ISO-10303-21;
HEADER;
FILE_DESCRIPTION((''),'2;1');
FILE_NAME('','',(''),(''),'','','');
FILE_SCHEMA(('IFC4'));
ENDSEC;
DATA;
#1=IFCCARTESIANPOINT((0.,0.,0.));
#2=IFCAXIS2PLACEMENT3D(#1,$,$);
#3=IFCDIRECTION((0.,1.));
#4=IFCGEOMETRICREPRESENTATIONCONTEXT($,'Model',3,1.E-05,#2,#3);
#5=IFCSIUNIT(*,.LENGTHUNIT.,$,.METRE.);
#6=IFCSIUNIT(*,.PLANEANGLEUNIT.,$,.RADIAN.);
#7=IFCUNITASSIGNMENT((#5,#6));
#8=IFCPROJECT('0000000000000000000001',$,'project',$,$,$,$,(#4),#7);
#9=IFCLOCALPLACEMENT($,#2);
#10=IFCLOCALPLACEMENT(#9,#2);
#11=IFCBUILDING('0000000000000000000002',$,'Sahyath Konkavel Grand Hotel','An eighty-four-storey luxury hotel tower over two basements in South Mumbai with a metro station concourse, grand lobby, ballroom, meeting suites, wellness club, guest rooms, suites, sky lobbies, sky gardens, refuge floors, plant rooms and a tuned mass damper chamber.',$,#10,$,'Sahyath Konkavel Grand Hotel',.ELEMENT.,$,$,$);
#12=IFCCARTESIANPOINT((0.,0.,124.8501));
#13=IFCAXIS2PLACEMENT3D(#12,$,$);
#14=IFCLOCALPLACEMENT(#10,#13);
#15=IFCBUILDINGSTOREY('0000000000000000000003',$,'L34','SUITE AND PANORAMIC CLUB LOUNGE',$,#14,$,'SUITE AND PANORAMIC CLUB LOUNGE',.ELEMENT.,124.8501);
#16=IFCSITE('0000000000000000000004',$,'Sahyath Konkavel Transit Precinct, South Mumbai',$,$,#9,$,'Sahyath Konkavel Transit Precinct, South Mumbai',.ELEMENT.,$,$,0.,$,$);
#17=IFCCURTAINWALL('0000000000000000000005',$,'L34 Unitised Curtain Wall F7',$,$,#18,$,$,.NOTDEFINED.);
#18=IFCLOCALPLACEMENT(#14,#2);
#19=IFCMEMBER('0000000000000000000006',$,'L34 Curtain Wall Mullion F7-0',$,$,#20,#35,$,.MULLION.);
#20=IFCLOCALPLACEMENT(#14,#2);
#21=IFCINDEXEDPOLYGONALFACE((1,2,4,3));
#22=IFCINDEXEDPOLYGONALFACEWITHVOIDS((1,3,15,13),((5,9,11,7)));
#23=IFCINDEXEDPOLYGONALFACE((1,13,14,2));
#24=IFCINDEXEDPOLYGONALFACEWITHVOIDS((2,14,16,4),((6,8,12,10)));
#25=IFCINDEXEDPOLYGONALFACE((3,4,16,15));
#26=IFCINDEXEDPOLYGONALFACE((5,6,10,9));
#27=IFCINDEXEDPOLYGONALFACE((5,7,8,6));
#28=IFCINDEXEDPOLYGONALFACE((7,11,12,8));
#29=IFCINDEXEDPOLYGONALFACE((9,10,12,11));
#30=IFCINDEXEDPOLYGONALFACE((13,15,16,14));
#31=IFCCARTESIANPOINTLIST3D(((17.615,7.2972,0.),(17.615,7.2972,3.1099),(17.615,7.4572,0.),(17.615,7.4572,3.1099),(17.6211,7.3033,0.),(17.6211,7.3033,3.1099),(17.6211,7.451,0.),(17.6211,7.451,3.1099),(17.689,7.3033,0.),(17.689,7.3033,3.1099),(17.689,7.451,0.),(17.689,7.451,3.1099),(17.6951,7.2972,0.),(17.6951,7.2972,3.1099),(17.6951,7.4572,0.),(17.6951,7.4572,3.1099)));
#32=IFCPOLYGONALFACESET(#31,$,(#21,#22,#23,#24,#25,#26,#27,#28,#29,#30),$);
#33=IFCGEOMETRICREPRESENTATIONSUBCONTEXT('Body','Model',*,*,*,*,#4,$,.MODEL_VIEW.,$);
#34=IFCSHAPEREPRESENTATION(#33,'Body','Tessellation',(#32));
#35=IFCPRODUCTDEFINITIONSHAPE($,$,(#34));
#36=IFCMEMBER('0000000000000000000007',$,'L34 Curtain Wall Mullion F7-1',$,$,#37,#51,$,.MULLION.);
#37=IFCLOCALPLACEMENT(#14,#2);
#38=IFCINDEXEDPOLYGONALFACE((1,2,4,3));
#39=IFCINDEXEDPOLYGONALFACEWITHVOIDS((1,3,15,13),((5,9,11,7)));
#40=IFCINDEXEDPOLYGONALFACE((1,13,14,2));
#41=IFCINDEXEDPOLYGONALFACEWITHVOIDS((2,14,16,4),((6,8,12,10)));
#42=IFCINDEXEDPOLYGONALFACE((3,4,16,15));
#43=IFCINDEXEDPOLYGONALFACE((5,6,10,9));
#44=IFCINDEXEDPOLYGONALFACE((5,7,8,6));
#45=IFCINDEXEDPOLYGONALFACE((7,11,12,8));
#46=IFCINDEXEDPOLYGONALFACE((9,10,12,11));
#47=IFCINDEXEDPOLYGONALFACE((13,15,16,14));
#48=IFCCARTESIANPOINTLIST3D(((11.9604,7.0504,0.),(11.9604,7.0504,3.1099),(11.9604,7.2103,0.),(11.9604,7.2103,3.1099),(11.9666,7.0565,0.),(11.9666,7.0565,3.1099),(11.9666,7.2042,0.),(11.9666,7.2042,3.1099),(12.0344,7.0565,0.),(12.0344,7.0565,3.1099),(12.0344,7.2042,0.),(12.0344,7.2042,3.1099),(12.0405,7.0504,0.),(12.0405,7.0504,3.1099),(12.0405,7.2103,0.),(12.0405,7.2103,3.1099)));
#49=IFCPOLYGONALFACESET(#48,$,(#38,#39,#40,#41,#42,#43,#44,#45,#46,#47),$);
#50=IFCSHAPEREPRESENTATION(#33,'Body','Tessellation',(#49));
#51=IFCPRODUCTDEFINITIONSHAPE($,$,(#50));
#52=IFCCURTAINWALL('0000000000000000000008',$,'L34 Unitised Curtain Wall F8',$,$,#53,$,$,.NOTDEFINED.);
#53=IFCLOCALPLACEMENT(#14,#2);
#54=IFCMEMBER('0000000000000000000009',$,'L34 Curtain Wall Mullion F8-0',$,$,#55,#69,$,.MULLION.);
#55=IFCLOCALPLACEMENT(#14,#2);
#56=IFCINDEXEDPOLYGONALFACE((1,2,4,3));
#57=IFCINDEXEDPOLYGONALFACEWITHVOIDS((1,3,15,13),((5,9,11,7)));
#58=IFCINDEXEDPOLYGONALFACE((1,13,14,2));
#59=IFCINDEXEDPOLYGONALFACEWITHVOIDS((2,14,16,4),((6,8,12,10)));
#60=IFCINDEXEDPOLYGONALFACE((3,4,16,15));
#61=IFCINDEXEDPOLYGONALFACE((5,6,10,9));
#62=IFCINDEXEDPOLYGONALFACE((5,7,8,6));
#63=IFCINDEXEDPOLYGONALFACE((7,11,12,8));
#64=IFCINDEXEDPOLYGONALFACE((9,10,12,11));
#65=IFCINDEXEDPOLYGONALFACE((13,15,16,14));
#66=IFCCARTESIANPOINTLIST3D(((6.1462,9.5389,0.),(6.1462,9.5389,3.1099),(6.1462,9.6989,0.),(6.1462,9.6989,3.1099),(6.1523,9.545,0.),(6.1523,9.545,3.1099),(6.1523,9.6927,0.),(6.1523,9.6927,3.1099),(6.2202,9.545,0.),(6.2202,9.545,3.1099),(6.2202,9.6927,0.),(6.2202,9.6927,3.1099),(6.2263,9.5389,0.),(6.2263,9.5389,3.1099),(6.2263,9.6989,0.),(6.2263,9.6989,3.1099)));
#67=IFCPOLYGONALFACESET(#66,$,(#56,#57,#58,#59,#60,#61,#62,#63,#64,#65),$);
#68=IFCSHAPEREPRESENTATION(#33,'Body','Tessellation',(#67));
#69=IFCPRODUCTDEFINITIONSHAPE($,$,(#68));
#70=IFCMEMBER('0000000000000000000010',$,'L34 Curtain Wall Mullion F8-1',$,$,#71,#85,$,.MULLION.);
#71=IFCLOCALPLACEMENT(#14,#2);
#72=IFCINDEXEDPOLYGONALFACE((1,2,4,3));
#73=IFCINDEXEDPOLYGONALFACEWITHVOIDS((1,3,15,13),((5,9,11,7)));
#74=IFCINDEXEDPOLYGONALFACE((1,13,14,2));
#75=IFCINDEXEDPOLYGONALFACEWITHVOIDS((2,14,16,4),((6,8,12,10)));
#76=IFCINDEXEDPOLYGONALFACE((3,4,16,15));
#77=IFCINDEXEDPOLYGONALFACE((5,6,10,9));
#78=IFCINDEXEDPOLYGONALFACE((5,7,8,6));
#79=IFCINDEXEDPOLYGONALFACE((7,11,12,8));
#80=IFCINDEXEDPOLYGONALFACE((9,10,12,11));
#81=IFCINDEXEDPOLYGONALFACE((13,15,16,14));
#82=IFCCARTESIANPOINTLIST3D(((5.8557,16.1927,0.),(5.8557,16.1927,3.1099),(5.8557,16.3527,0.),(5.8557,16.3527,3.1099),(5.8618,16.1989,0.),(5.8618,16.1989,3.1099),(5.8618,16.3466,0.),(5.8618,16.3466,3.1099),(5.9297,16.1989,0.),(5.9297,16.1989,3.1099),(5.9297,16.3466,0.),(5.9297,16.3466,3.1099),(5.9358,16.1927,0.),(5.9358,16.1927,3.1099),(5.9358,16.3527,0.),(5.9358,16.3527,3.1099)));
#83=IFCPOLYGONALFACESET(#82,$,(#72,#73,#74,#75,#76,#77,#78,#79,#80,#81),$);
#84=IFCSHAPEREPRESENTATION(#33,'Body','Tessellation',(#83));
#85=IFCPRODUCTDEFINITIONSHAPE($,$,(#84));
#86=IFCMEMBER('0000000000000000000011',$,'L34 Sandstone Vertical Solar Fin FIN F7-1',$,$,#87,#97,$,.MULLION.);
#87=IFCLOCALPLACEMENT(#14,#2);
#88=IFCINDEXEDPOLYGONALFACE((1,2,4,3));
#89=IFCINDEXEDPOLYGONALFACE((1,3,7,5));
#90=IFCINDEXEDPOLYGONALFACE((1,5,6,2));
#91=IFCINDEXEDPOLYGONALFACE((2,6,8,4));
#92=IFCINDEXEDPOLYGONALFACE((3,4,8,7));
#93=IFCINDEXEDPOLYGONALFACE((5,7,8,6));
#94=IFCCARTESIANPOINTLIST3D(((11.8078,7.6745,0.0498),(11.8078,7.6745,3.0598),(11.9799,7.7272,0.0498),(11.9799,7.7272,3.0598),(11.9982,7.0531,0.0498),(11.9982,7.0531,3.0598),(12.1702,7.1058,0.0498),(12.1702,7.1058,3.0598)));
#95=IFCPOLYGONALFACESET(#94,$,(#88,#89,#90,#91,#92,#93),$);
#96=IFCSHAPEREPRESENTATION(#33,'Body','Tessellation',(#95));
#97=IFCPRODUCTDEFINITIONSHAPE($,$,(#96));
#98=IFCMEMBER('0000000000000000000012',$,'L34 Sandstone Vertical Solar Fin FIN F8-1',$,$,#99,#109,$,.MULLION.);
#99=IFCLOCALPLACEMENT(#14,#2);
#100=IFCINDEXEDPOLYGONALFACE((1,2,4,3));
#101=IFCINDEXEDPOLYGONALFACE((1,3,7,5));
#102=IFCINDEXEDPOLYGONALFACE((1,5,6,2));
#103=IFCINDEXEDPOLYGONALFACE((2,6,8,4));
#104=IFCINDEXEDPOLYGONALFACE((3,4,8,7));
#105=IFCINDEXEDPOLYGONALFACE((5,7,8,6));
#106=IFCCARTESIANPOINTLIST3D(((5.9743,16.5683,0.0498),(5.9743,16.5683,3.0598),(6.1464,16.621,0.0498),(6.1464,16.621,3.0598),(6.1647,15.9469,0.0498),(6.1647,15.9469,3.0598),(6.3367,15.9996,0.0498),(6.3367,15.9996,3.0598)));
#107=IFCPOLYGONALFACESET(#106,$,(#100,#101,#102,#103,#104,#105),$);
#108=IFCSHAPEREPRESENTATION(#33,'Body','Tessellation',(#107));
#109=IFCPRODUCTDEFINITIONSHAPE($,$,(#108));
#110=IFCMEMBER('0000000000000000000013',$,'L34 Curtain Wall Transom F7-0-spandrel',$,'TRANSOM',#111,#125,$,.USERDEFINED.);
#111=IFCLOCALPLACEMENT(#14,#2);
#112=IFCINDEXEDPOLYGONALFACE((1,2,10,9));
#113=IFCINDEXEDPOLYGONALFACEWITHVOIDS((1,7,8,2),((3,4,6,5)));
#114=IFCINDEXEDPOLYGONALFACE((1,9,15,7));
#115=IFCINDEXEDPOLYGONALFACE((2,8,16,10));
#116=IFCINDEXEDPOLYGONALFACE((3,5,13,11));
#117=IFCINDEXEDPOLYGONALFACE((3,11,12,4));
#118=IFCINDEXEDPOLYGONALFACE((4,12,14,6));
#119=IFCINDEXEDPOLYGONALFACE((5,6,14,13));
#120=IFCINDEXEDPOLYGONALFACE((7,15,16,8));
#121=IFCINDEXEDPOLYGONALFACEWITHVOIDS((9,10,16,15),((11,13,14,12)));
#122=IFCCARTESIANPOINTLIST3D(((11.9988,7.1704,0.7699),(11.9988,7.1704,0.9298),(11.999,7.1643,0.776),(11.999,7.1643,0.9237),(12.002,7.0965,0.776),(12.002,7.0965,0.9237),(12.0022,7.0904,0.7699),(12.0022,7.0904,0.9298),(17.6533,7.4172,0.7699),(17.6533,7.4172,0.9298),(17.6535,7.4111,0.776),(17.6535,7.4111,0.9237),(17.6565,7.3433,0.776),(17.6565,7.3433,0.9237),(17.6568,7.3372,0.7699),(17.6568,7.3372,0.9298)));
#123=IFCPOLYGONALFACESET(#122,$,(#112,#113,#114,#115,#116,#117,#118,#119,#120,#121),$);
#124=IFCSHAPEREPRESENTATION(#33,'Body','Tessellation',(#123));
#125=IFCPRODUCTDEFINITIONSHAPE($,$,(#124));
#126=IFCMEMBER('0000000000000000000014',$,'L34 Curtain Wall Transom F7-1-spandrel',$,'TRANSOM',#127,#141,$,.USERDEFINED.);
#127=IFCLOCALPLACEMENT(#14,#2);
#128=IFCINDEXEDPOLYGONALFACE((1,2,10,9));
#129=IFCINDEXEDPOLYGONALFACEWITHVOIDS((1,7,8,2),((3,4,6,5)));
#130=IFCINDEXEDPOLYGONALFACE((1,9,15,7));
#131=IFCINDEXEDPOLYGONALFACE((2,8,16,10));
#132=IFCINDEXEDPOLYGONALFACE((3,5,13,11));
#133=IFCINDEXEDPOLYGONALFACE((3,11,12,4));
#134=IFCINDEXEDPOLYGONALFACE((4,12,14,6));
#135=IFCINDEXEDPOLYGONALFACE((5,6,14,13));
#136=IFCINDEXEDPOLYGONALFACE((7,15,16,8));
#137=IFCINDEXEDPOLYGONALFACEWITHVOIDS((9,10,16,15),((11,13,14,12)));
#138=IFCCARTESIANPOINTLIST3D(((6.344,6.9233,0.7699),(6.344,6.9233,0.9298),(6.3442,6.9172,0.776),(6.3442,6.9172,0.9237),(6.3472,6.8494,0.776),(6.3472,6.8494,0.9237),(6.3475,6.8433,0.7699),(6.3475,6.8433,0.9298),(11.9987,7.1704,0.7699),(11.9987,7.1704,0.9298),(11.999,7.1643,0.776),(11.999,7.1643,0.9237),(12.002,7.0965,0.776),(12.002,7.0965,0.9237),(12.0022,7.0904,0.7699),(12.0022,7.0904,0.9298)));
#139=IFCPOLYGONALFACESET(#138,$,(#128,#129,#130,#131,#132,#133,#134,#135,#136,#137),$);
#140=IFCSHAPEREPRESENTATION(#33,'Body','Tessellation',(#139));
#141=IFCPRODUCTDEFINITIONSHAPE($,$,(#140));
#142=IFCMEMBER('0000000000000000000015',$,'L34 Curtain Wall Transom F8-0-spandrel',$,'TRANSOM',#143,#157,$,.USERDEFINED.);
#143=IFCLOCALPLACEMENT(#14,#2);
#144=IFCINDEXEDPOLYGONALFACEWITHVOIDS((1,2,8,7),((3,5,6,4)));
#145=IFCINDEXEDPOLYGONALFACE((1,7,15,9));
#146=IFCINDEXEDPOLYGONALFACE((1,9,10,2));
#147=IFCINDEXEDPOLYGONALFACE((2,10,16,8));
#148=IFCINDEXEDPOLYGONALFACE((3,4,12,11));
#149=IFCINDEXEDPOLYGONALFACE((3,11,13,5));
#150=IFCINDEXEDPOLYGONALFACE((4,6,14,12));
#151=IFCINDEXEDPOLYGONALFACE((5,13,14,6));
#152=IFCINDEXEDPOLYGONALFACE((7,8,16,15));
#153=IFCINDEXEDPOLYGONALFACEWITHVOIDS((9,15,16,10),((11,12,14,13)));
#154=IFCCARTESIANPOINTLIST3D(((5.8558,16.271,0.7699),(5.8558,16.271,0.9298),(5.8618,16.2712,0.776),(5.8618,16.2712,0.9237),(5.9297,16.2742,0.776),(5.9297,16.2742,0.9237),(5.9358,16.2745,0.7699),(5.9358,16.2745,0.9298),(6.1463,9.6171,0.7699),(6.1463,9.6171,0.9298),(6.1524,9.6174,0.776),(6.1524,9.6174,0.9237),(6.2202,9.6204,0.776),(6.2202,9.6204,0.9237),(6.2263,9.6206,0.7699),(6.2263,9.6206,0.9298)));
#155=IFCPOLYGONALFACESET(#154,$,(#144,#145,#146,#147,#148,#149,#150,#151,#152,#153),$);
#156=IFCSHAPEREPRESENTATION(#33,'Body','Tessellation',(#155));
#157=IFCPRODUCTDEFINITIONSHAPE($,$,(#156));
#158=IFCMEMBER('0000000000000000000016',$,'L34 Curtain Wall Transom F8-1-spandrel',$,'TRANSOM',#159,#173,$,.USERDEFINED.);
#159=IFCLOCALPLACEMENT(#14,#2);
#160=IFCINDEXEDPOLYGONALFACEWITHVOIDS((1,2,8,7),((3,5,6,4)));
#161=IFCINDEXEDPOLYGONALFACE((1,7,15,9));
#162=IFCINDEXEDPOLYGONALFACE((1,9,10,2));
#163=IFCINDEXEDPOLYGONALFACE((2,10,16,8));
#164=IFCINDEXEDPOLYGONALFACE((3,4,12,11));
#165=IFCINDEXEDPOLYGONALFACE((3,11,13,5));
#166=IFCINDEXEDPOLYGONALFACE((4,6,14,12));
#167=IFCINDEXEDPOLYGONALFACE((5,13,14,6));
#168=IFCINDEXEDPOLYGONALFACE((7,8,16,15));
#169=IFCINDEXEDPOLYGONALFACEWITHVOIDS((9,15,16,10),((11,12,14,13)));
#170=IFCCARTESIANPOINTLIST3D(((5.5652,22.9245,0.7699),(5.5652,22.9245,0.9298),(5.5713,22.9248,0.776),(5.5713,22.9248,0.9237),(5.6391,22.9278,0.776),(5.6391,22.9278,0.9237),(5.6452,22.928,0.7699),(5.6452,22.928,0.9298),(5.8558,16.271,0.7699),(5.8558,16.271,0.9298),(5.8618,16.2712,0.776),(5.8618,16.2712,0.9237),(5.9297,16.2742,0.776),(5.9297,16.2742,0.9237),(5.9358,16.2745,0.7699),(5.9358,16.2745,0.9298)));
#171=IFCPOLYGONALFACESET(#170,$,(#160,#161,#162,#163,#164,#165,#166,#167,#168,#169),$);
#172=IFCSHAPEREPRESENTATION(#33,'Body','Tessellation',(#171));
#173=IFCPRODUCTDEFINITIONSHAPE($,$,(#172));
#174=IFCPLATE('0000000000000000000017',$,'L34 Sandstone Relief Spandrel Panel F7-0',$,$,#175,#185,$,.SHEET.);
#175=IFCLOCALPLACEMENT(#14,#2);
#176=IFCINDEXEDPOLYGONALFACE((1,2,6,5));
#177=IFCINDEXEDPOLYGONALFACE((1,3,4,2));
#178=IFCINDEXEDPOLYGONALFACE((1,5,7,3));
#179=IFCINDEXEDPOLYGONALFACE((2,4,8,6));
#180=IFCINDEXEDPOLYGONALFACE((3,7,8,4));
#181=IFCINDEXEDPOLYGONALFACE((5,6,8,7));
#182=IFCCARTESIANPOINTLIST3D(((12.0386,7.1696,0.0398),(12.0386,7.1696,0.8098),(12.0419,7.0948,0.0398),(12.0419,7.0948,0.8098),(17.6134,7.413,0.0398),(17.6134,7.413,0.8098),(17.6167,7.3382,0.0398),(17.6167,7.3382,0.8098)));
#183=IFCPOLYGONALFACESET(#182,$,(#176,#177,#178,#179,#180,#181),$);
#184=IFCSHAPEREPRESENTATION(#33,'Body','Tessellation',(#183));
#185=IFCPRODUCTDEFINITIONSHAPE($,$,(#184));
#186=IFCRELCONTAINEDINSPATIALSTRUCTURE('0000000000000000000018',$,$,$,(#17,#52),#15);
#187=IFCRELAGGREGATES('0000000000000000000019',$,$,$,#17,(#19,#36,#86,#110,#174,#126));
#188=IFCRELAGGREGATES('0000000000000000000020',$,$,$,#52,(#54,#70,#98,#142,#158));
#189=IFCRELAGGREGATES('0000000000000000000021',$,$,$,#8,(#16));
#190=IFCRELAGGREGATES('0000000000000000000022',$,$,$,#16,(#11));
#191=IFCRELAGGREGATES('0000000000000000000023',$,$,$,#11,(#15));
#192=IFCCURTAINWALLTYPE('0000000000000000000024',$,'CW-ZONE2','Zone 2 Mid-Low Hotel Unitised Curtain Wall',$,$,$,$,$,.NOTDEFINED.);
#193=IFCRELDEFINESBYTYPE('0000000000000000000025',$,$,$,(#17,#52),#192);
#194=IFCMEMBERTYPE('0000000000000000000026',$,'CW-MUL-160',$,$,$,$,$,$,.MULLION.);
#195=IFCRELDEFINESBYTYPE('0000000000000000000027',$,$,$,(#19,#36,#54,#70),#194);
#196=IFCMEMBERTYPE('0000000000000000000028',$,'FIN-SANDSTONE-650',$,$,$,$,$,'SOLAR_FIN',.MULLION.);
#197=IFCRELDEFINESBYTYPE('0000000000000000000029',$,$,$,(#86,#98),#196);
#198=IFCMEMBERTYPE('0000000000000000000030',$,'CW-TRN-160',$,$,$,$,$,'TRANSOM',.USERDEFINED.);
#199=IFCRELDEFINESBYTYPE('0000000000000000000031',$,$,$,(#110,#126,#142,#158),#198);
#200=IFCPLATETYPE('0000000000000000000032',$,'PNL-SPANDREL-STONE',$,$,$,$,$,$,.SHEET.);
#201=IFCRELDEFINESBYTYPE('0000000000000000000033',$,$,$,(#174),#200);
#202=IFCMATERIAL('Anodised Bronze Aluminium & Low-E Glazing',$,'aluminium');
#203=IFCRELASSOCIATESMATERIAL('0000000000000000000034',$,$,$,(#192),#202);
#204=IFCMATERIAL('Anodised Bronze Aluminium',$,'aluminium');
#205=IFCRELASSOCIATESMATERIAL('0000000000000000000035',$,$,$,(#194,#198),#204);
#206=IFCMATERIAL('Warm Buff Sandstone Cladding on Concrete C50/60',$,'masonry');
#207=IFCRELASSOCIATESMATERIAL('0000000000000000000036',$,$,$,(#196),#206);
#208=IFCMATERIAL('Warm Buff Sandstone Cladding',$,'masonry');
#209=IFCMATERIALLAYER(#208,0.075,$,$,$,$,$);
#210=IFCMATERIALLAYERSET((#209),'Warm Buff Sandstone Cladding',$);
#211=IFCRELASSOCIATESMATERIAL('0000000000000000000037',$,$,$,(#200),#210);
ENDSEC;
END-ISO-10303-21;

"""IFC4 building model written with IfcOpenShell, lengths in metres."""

from ifc_helpers import new_model, si_unit, direction, frame, origin, origin_2d, place, context, subcontext, project, spatial, rectangle, hollow_rectangle, extrude, source, transform, mapped, material, layer, layer_set, material_profile, profile_set, type_object, element, aggregate, save


model = new_model("IFC4")

# Units and contexts
model_context = context("Model", 3, precision=1e-05, world=origin(), true_north=direction((0.0, 1.0)))
body_context = subcontext(model_context, "Body", "Model", "MODEL_VIEW")
ifc_project = project(units=[si_unit("LENGTHUNIT", "METRE"), si_unit("PLANEANGLEUNIT", "RADIAN")], contexts=[model_context])

# Site, building, storey
site_placement = place(None, origin())
site = spatial("IfcSite", under=ifc_project, at=site_placement, Name="Sahyath Konkavel Transit Precinct, South Mumbai", LongName="Sahyath Konkavel Transit Precinct, South Mumbai", CompositionType="ELEMENT", RefElevation=0.0)
building_placement = place(site_placement, origin())
building = spatial("IfcBuilding", under=site, at=building_placement, Name="Sahyath Konkavel Grand Hotel", Description="An eighty-four-storey luxury hotel tower over two basements in South Mumbai with a metro station concourse, grand lobby, ballroom, meeting suites, wellness club, guest rooms, suites, sky lobbies, sky gardens, refuge floors, plant rooms and a tuned mass damper chamber.", LongName="Sahyath Konkavel Grand Hotel", CompositionType="ELEMENT")
storey_placement = place(building_placement, frame((0.0, 0.0, 124.8501)))
storey = spatial("IfcBuildingStorey", under=building, at=storey_placement, Name="L34", Description="SUITE AND PANORAMIC CLUB LOUNGE", LongName="SUITE AND PANORAMIC CLUB LOUNGE", CompositionType="ELEMENT", Elevation=124.8501)

# Curtain walls, members
ifc_material_1 = material(Name="Anodised Bronze Aluminium & Low-E Glazing", Category="aluminium")
curtain_wall_type = type_object("IfcCurtainWallType", Name="CW-ZONE2", Description="Zone 2 Mid-Low Hotel Unitised Curtain Wall", PredefinedType="NOTDEFINED", material=ifc_material_1)
curtain_wall_1_placement = place(storey_placement, origin())
curtain_wall_1 = element("IfcCurtainWall", 1, at=curtain_wall_1_placement, inside=storey, type_object=curtain_wall_type, Name="L34 Unitised Curtain Wall F7", PredefinedType="NOTDEFINED")
ifc_material_2 = material(Name="Anodised Bronze Aluminium", Category="aluminium")
ifc_material_profile_1 = material_profile(ifc_material_2, hollow_rectangle(XDim=0.0801, YDim=0.1599, WallThickness=0.0061, at=origin_2d()), Name="RHS 160x80x6")
ifc_profile_set_1 = profile_set([ifc_material_profile_1], Name="Anodised Bronze Aluminium")
member_type_1 = type_object("IfcMemberType", Name="CW-MUL-160", PredefinedType="MULLION", material=ifc_profile_set_1)
shared_shape_1 = source(origin(), body_context, "Body", "SweptSolid", [
    extrude(hollow_rectangle(XDim=0.0801, YDim=0.1599, WallThickness=0.0061, at=origin_2d()), origin(), (0.0, 0.0, 1.0), 3.1099),
])
member_1_placement = place(storey_placement, frame((17.655, 7.3772, 0.0), z_axis=(0.0, 0.0, 1.0), x_axis=(1.0, 0.0, 0.0)))
member_1 = element("IfcMember", 2, at=member_1_placement, type_object=member_type_1, Name="L34 Curtain Wall Mullion F7-0", PredefinedType="MULLION", context=body_context, shape_type="MappedRepresentation", body=[
    mapped(shared_shape_1, transform((0.0, 0.0, 0.0), scale=1.0)),
])
member_2_placement = place(storey_placement, frame((12.0005, 7.1304, 0.0), z_axis=(0.0, 0.0, 1.0), x_axis=(1.0, 0.0, 0.0)))
member_2 = element("IfcMember", 3, at=member_2_placement, type_object=member_type_1, Name="L34 Curtain Wall Mullion F7-1", PredefinedType="MULLION", context=body_context, shape_type="MappedRepresentation", body=[
    mapped(shared_shape_1, transform((0.0, 0.0, 0.0), scale=1.0)),
])
curtain_wall_2_placement = place(storey_placement, origin())
curtain_wall_2 = element("IfcCurtainWall", 4, at=curtain_wall_2_placement, inside=storey, type_object=curtain_wall_type, Name="L34 Unitised Curtain Wall F8", PredefinedType="NOTDEFINED")
member_3_placement = place(storey_placement, frame((6.1863, 9.6189, 0.0), z_axis=(0.0, 0.0, 1.0), x_axis=(1.0, 0.0, 0.0)))
member_3 = element("IfcMember", 5, at=member_3_placement, type_object=member_type_1, Name="L34 Curtain Wall Mullion F8-0", PredefinedType="MULLION", context=body_context, shape_type="MappedRepresentation", body=[
    mapped(shared_shape_1, transform((0.0, 0.0, 0.0), scale=1.0)),
])
member_4_placement = place(storey_placement, frame((5.8958, 16.2727, 0.0), z_axis=(0.0, 0.0, 1.0), x_axis=(1.0, 0.0, 0.0)))
member_4 = element("IfcMember", 6, at=member_4_placement, type_object=member_type_1, Name="L34 Curtain Wall Mullion F8-1", PredefinedType="MULLION", context=body_context, shape_type="MappedRepresentation", body=[
    mapped(shared_shape_1, transform((0.0, 0.0, 0.0), scale=1.0)),
])

# Members
ifc_material_3 = material(Name="Warm Buff Sandstone Cladding on Concrete C50/60", Category="masonry")
ifc_material_profile_2 = material_profile(ifc_material_3, rectangle(XDim=0.1799, YDim=0.6499, at=origin_2d()), Name="FIN 180x650")
ifc_profile_set_2 = profile_set([ifc_material_profile_2], Name="Warm Buff Sandstone Cladding on Concrete C50/60")
member_type_2 = type_object("IfcMemberType", Name="FIN-SANDSTONE-650", ElementType="SOLAR_FIN", PredefinedType="MULLION", material=ifc_profile_set_2)
shared_shape_2 = source(origin(), body_context, "Body", "SweptSolid", [
    extrude(rectangle(XDim=0.1799, YDim=0.6499, at=origin_2d()), origin(), (0.0, 0.0, 1.0), 3.01),
])
member_5_placement = place(storey_placement, frame((11.989, 7.3901, 0.0498), z_axis=(0.0, 0.0, 1.0), x_axis=(0.956152, 0.292872, 0.0)))
member_5 = element("IfcMember", 7, at=member_5_placement, type_object=member_type_2, Name="L34 Sandstone Vertical Solar Fin FIN F7-1", PredefinedType="MULLION", context=body_context, shape_type="MappedRepresentation", body=[
    mapped(shared_shape_2, transform((0.0, 0.0, 0.0), scale=1.0)),
])
member_6_placement = place(storey_placement, frame((6.1555, 16.2839, 0.0498), z_axis=(0.0, 0.0, 1.0), x_axis=(0.956152, 0.292872, 0.0)))
member_6 = element("IfcMember", 8, at=member_6_placement, type_object=member_type_2, Name="L34 Sandstone Vertical Solar Fin FIN F8-1", PredefinedType="MULLION", context=body_context, shape_type="MappedRepresentation", body=[
    mapped(shared_shape_2, transform((0.0, 0.0, 0.0), scale=1.0)),
])
ifc_material_profile_3 = material_profile(ifc_material_2, hollow_rectangle(XDim=0.0801, YDim=0.1599, WallThickness=0.0061, at=origin_2d()), Name="RHS 160x80x6")
ifc_profile_set_3 = profile_set([ifc_material_profile_3], Name="Anodised Bronze Aluminium")
member_type_3 = type_object("IfcMemberType", Name="CW-TRN-160", ElementType="TRANSOM", PredefinedType="USERDEFINED", material=ifc_profile_set_3)
shared_shape_3 = source(origin(), body_context, "Body", "SweptSolid", [
    extrude(hollow_rectangle(XDim=0.0801, YDim=0.1599, WallThickness=0.0061, at=origin_2d()), origin(), (0.0, 0.0, 1.0), 5.6599),
])
member_7_placement = place(storey_placement, frame((17.655, 7.3772, 0.8499), z_axis=(-0.999049, -0.043609, 0.0), x_axis=(0.043609, -0.999049, 0.0)))
member_7 = element("IfcMember", 9, at=member_7_placement, type_object=member_type_3, Name="L34 Curtain Wall Transom F7-0-spandrel", ObjectType="TRANSOM", PredefinedType="USERDEFINED", context=body_context, shape_type="MappedRepresentation", body=[
    mapped(shared_shape_3, transform((0.0, 0.0, 0.0), scale=1.0)),
])
shared_shape_4 = source(origin(), body_context, "Body", "SweptSolid", [
    extrude(hollow_rectangle(XDim=0.0801, YDim=0.1599, WallThickness=0.0061, at=origin_2d()), origin(), (0.0, 0.0, 1.0), 5.6602),
])
member_8_placement = place(storey_placement, frame((12.0005, 7.1304, 0.8499), z_axis=(-0.999047, -0.043651, 0.0), x_axis=(0.043651, -0.999047, 0.0)))
member_8 = element("IfcMember", 10, at=member_8_placement, type_object=member_type_3, Name="L34 Curtain Wall Transom F7-1-spandrel", ObjectType="TRANSOM", PredefinedType="USERDEFINED", context=body_context, shape_type="MappedRepresentation", body=[
    mapped(shared_shape_4, transform((0.0, 0.0, 0.0), scale=1.0)),
])
shared_shape_5 = source(origin(), body_context, "Body", "SweptSolid", [
    extrude(hollow_rectangle(XDim=0.0801, YDim=0.1599, WallThickness=0.0061, at=origin_2d()), origin(), (0.0, 0.0, 1.0), 6.6602),
])
member_9_placement = place(storey_placement, frame((6.1863, 9.6189, 0.8499), z_axis=(-0.043622, 0.999048, 0.0), x_axis=(-0.999048, -0.043622, 0.0)))
member_9 = element("IfcMember", 11, at=member_9_placement, type_object=member_type_3, Name="L34 Curtain Wall Transom F8-0-spandrel", ObjectType="TRANSOM", PredefinedType="USERDEFINED", context=body_context, shape_type="MappedRepresentation", body=[
    mapped(shared_shape_5, transform((0.0, 0.0, 0.0), scale=1.0)),
])
shared_shape_6 = source(origin(), body_context, "Body", "SweptSolid", [
    extrude(hollow_rectangle(XDim=0.0801, YDim=0.1599, WallThickness=0.0061, at=origin_2d()), origin(), (0.0, 0.0, 1.0), 6.6599),
])
member_10_placement = place(storey_placement, frame((5.8958, 16.2727, 0.8499), z_axis=(-0.043623, 0.999048, 0.0), x_axis=(-0.999048, -0.043623, 0.0)))
member_10 = element("IfcMember", 12, at=member_10_placement, type_object=member_type_3, Name="L34 Curtain Wall Transom F8-1-spandrel", ObjectType="TRANSOM", PredefinedType="USERDEFINED", context=body_context, shape_type="MappedRepresentation", body=[
    mapped(shared_shape_6, transform((0.0, 0.0, 0.0), scale=1.0)),
])

# Plate
ifc_material_4 = material(Name="Warm Buff Sandstone Cladding", Category="masonry")
ifc_layer_1 = layer(ifc_material_4, 0.075)
ifc_layer_set_1 = layer_set([ifc_layer_1], Name="Warm Buff Sandstone Cladding")
plate_type_1 = type_object("IfcPlateType", Name="PNL-SPANDREL-STONE", PredefinedType="SHEET", material=ifc_layer_set_1)
shared_shape_7 = source(origin(), body_context, "Body", "SweptSolid", [
    extrude(rectangle(XDim=5.5801, YDim=0.075, at=origin_2d()), origin(), (0.0, 0.0, 1.0), 0.77),
])
plate_1_placement = place(storey_placement, frame((14.8276, 7.2539, 0.0398), z_axis=(0.0, 0.0, 1.0), x_axis=(-0.999048, -0.043619, 0.0)))
plate_1 = element("IfcPlate", 13, at=plate_1_placement, type_object=plate_type_1, Name="L34 Sandstone Relief Spandrel Panel F7-0", PredefinedType="SHEET", context=body_context, shape_type="MappedRepresentation", body=[
    mapped(shared_shape_7, transform((0.0, 0.0, 0.0), scale=1.0)),
])
aggregate(curtain_wall_1, [member_1, member_2, member_5, member_7, plate_1, member_8])
aggregate(curtain_wall_2, [member_3, member_4, member_6, member_9, member_10])

save(model, "model.ifc")
